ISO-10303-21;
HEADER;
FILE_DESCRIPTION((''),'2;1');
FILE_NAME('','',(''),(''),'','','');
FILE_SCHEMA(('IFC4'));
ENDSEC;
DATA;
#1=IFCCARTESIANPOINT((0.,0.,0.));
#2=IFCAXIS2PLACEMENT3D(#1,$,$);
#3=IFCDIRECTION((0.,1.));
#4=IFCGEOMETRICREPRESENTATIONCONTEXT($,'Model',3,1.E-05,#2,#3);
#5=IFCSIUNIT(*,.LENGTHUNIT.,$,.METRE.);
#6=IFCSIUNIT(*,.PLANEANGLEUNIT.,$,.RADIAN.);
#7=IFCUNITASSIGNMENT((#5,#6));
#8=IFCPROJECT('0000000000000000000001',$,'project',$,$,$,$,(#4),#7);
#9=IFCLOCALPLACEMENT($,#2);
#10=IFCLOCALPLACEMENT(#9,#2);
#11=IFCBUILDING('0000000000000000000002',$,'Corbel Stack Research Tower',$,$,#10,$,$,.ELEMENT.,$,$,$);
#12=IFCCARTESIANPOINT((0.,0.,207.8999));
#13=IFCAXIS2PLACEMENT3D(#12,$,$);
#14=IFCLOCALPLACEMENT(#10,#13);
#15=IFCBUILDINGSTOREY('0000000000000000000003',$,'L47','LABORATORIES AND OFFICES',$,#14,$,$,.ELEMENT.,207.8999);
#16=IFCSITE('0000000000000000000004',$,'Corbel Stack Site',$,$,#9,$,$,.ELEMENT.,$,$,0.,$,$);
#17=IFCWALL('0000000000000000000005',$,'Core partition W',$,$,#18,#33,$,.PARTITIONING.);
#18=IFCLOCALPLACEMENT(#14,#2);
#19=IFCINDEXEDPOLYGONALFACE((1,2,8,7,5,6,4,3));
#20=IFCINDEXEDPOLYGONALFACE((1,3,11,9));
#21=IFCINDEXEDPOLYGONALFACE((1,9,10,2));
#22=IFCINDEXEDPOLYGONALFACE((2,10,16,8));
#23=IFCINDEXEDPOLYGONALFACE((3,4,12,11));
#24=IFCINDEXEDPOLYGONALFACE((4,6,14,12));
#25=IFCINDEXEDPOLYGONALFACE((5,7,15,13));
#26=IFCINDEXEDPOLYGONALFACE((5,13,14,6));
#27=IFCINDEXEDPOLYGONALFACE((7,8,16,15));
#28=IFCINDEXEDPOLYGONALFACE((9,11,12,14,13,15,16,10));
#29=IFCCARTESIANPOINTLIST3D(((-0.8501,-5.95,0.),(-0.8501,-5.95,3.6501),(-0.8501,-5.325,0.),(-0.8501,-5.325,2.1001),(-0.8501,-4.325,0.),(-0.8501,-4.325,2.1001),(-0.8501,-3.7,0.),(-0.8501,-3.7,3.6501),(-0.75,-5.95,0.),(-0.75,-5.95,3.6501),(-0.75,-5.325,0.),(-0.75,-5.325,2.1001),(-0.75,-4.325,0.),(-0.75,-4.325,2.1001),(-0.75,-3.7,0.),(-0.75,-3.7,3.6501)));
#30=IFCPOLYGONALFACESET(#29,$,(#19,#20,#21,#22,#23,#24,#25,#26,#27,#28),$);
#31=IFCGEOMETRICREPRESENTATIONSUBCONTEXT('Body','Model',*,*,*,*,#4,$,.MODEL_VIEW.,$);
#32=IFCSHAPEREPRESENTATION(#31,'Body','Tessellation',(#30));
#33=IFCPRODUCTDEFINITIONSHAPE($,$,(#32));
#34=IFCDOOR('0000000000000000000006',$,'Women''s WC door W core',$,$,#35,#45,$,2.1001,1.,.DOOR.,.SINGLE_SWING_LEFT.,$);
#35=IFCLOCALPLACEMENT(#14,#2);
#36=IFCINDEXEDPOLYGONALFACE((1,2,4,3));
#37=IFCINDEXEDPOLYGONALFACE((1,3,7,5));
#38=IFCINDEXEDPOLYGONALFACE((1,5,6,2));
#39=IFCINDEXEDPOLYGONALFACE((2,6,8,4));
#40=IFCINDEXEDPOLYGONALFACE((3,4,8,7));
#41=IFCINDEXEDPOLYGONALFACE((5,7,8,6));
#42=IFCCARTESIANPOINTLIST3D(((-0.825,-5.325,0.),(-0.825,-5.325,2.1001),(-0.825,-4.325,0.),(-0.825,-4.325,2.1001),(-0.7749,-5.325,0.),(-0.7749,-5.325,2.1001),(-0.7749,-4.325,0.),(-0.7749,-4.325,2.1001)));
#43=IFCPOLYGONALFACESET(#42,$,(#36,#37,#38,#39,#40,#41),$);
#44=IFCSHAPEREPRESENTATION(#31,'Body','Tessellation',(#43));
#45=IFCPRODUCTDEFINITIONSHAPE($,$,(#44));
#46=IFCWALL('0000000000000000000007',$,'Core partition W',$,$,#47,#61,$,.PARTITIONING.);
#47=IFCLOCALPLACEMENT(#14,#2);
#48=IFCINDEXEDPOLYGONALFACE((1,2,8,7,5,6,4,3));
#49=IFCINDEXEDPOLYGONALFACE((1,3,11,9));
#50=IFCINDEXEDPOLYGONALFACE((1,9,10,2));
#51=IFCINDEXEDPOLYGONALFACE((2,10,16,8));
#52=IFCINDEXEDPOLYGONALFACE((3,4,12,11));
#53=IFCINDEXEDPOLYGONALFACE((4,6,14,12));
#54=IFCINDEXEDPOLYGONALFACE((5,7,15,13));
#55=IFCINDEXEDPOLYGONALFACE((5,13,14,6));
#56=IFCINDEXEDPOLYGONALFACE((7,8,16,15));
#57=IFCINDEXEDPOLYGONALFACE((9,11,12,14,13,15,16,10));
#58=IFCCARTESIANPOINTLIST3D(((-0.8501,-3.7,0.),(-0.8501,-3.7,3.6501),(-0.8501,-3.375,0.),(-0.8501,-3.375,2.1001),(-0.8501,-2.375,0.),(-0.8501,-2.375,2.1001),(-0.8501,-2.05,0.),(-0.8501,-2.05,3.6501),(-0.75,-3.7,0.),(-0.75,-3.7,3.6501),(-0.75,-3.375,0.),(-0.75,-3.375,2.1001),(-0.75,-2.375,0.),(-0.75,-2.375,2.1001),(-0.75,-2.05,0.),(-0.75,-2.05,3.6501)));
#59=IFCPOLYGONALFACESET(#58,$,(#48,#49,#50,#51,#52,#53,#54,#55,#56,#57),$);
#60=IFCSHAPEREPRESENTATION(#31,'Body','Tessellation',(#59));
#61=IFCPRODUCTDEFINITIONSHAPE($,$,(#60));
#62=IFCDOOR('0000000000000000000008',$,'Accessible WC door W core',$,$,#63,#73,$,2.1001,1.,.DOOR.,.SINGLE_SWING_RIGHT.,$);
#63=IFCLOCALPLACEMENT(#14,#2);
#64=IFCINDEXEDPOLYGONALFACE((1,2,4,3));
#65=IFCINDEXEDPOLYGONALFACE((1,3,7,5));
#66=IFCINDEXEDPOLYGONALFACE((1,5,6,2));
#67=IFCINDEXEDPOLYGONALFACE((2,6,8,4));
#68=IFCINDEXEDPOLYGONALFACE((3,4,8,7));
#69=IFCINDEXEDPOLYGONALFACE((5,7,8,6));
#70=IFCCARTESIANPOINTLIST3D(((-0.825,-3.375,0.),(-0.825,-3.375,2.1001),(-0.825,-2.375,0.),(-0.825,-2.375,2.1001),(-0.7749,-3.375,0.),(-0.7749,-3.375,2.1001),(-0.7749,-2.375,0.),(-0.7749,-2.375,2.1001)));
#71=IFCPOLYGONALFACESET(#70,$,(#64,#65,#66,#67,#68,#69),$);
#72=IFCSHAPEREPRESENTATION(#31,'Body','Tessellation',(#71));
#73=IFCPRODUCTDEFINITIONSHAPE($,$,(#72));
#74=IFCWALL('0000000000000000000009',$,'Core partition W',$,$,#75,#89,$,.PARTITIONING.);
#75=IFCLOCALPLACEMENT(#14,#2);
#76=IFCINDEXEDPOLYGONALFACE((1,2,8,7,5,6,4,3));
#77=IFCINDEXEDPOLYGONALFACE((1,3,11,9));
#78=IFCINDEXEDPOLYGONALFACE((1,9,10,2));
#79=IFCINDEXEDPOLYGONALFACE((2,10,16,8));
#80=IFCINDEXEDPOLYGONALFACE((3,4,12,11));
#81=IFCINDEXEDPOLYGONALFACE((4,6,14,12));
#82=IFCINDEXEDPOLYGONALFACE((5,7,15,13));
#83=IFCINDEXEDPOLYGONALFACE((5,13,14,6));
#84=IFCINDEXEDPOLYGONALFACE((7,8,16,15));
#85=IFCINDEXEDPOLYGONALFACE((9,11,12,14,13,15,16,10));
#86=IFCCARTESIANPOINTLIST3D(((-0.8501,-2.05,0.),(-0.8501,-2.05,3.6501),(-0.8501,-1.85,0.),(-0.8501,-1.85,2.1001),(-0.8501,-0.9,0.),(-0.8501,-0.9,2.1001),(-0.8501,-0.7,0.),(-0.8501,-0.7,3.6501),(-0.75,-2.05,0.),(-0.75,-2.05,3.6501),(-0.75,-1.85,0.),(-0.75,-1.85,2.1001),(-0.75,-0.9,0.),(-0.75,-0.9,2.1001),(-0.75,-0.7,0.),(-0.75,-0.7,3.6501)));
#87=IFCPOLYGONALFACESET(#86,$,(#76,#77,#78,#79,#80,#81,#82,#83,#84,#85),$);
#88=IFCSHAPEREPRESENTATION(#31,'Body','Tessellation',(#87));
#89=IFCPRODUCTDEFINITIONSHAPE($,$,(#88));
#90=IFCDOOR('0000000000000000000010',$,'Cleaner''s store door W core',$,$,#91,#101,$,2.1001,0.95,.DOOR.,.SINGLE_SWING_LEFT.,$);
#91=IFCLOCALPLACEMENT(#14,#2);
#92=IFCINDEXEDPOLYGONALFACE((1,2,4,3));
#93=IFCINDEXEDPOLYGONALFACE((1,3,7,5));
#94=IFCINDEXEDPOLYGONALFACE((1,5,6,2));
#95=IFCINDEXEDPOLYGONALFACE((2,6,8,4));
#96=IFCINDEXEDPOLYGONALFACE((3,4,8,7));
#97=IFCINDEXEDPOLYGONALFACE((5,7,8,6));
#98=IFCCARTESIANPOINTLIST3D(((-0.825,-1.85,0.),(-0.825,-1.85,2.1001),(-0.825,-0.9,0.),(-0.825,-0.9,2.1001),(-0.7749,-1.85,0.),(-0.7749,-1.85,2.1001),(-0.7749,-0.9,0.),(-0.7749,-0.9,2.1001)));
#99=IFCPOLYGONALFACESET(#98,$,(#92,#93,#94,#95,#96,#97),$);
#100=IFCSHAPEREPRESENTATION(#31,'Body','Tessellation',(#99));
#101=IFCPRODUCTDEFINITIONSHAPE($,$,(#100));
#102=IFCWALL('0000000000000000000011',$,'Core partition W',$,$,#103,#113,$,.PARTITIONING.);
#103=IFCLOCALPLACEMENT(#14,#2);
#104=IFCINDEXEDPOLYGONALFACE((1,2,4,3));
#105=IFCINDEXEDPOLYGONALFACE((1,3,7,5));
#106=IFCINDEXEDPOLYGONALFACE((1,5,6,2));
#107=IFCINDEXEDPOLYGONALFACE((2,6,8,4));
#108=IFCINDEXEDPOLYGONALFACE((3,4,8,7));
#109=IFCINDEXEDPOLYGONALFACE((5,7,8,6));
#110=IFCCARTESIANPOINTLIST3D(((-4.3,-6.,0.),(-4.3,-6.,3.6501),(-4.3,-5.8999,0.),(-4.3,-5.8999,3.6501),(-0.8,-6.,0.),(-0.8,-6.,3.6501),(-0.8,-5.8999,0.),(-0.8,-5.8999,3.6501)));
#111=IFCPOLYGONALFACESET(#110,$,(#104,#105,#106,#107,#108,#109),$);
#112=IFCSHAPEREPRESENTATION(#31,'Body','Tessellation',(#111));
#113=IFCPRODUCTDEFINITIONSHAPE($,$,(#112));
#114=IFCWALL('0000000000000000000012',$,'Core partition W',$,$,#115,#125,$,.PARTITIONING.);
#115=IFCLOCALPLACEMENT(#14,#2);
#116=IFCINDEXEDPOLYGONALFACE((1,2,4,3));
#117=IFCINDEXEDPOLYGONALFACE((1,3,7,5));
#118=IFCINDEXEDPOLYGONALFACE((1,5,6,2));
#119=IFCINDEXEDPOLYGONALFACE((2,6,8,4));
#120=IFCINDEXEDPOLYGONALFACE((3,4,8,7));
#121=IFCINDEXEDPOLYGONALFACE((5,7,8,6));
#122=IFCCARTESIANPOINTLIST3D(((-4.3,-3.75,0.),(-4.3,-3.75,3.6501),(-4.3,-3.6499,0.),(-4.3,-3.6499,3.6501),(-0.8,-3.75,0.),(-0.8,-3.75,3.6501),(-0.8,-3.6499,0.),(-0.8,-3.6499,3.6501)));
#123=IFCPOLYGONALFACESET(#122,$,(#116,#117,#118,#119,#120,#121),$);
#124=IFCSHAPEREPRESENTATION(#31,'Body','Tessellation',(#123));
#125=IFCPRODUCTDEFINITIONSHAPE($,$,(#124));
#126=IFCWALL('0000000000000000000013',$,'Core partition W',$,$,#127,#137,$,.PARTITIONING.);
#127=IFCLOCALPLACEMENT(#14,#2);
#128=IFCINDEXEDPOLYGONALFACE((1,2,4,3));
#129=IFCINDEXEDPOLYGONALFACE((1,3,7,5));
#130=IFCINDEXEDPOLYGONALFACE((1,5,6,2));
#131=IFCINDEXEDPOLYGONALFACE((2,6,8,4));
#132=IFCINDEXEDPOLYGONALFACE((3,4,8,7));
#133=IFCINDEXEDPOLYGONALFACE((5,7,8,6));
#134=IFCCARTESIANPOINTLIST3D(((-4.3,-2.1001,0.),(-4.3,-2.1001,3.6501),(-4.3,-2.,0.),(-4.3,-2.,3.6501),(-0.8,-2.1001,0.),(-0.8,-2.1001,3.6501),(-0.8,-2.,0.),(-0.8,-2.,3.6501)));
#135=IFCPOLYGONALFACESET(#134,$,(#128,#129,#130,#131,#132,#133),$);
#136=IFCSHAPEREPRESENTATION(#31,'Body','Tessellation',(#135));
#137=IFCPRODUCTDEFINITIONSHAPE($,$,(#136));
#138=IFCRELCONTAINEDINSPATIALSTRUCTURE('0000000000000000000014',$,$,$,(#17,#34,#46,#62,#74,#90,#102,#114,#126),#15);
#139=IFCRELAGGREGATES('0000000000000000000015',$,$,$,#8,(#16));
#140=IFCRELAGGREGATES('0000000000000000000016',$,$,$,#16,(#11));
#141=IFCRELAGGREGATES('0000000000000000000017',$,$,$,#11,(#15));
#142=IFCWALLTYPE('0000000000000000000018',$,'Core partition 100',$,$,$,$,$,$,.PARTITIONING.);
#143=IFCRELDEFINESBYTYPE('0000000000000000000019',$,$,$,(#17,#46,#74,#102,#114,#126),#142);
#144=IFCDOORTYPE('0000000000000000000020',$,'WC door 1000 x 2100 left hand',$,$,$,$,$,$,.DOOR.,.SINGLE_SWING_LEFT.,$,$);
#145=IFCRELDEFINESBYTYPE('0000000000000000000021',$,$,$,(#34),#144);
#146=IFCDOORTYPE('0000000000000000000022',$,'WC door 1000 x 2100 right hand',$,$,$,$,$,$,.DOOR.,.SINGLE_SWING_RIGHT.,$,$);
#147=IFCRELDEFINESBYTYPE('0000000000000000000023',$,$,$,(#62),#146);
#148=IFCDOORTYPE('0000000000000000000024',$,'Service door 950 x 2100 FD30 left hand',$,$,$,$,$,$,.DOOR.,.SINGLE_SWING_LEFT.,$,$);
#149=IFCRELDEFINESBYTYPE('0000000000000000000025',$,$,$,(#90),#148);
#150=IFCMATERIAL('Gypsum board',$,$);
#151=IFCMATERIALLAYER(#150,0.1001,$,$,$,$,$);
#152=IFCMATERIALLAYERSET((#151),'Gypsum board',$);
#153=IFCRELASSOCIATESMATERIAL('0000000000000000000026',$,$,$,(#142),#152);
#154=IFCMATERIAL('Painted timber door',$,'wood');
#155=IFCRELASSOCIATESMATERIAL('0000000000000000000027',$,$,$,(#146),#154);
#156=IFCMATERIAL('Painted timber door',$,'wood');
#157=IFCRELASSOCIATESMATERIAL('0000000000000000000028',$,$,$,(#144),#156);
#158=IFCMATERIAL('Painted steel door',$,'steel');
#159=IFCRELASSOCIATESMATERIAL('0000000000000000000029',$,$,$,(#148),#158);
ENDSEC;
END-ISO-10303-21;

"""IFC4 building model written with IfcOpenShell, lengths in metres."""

from ifc_helpers import new_model, si_unit, direction, frame, frame_2d, origin, place, context, subcontext, project, spatial, rectangle, extrude, material, layer, layer_set, type_object, element, fill, save


model = new_model("IFC4")

# Units and contexts
model_context = context("Model", 3, precision=1e-05, world=origin(), true_north=direction((0.0, 1.0)))
body_context = subcontext(model_context, "Body", "Model", "MODEL_VIEW")
ifc_project = project(units=[si_unit("LENGTHUNIT", "METRE"), si_unit("PLANEANGLEUNIT", "RADIAN")], contexts=[model_context])

# Site, building, storey
site_placement = place(None, origin())
site = spatial("IfcSite", under=ifc_project, at=site_placement, Name="Corbel Stack Site", CompositionType="ELEMENT", RefElevation=0.0)
building_placement = place(site_placement, origin())
building = spatial("IfcBuilding", under=site, at=building_placement, Name="Corbel Stack Research Tower", CompositionType="ELEMENT")
storey_placement = place(building_placement, frame((0.0, 0.0, 207.8999)))
storey = spatial("IfcBuildingStorey", under=building, at=storey_placement, Name="L47", Description="LABORATORIES AND OFFICES", CompositionType="ELEMENT", Elevation=207.8999)

# Walls, openings, doors
ifc_material_1 = material(Name="Gypsum board")
ifc_layer_1 = layer(ifc_material_1, 0.1001)
ifc_layer_set_1 = layer_set([ifc_layer_1], Name="Gypsum board")
wall_type_1 = type_object("IfcWallType", Name="Core partition 100", PredefinedType="PARTITIONING", material=ifc_layer_set_1)
ifc_material_2 = material(Name="Painted timber door", Category="wood")
door_type_1 = type_object("IfcDoorType", Name="WC door 1000 x 2100 right hand", OperationType="SINGLE_SWING_RIGHT", PredefinedType="DOOR", material=ifc_material_2)
wall_1_placement = place(storey_placement, frame((-0.8, -5.95, 0.0), z_axis=(0.0, 0.0, 1.0), x_axis=(0.0, 1.0, 0.0)))
wall_1 = element("IfcWall", 1, at=wall_1_placement, inside=storey, type_object=wall_type_1, Name="Core partition W", PredefinedType="PARTITIONING", context=body_context, shape_type="SweptSolid", body=[
    extrude(rectangle(XDim=2.25, YDim=0.1001, at=frame_2d((1.125, 0.0))), origin(), (0.0, 0.0, 1.0), 3.6501),
])
opening_1_placement = place(wall_1_placement, frame((0.625, 0.0, 0.0)))
opening_1 = element("IfcOpeningElement", 2, at=opening_1_placement, cuts=wall_1, PredefinedType="OPENING", context=body_context, shape_type="SweptSolid", body=[
    extrude(rectangle(XDim=1.0, YDim=2.1001, at=frame_2d((0.5, 1.05))), frame((0.0, 0.0601, 0.0), z_axis=(0.0, -1.0, 0.0), x_axis=(1.0, 0.0, 0.0)), (0.0, 0.0, 1.0), 0.1201),
])
ifc_material_3 = material(Name="Painted timber door", Category="wood")
door_type_2 = type_object("IfcDoorType", Name="WC door 1000 x 2100 left hand", OperationType="SINGLE_SWING_LEFT", PredefinedType="DOOR", material=ifc_material_3)
door_1_placement = place(opening_1_placement, origin())
door_1 = element("IfcDoor", 3, at=door_1_placement, inside=storey, type_object=door_type_2, Name="Women's WC door W core", OperationType="SINGLE_SWING_LEFT", OverallHeight=2.1001, OverallWidth=1.0, PredefinedType="DOOR", context=body_context, shape_type="SweptSolid", body=[
    extrude(rectangle(XDim=1.0, YDim=2.1001, at=frame_2d((0.5, 1.05))), frame((0.0, 0.0249, 0.0), z_axis=(0.0, -1.0, 0.0), x_axis=(1.0, 0.0, 0.0)), (0.0, 0.0, 1.0), 0.05),
])
fill(opening_1, door_1)
wall_2_placement = place(storey_placement, frame((-0.8, -3.7, 0.0), z_axis=(0.0, 0.0, 1.0), x_axis=(0.0, 1.0, 0.0)))
wall_2 = element("IfcWall", 4, at=wall_2_placement, inside=storey, type_object=wall_type_1, Name="Core partition W", PredefinedType="PARTITIONING", context=body_context, shape_type="SweptSolid", body=[
    extrude(rectangle(XDim=1.6499, YDim=0.1001, at=frame_2d((0.825, 0.0))), origin(), (0.0, 0.0, 1.0), 3.6501),
])
opening_2_placement = place(wall_2_placement, frame((0.325, 0.0, 0.0)))
opening_2 = element("IfcOpeningElement", 5, at=opening_2_placement, cuts=wall_2, PredefinedType="OPENING", context=body_context, shape_type="SweptSolid", body=[
    extrude(rectangle(XDim=1.0, YDim=2.1001, at=frame_2d((0.5, 1.05))), frame((0.0, 0.0601, 0.0), z_axis=(0.0, -1.0, 0.0), x_axis=(1.0, 0.0, 0.0)), (0.0, 0.0, 1.0), 0.1201),
])
door_2_placement = place(opening_2_placement, origin())
door_2 = element("IfcDoor", 6, at=door_2_placement, inside=storey, type_object=door_type_1, Name="Accessible WC door W core", OperationType="SINGLE_SWING_RIGHT", OverallHeight=2.1001, OverallWidth=1.0, PredefinedType="DOOR", context=body_context, shape_type="SweptSolid", body=[
    extrude(rectangle(XDim=1.0, YDim=2.1001, at=frame_2d((0.5, 1.05))), frame((0.0, 0.0249, 0.0), z_axis=(0.0, -1.0, 0.0), x_axis=(1.0, 0.0, 0.0)), (0.0, 0.0, 1.0), 0.05),
])
fill(opening_2, door_2)
wall_3_placement = place(storey_placement, frame((-0.8, -2.05, 0.0), z_axis=(0.0, 0.0, 1.0), x_axis=(0.0, 1.0, 0.0)))
wall_3 = element("IfcWall", 7, at=wall_3_placement, inside=storey, type_object=wall_type_1, Name="Core partition W", PredefinedType="PARTITIONING", context=body_context, shape_type="SweptSolid", body=[
    extrude(rectangle(XDim=1.3501, YDim=0.1001, at=frame_2d((0.675, 0.0))), origin(), (0.0, 0.0, 1.0), 3.6501),
])
opening_3_placement = place(wall_3_placement, frame((0.2, 0.0, 0.0)))
opening_3 = element("IfcOpeningElement", 8, at=opening_3_placement, cuts=wall_3, PredefinedType="OPENING", context=body_context, shape_type="SweptSolid", body=[
    extrude(rectangle(XDim=0.95, YDim=2.1001, at=frame_2d((0.4751, 1.05))), frame((0.0, 0.0601, 0.0), z_axis=(0.0, -1.0, 0.0), x_axis=(1.0, 0.0, 0.0)), (0.0, 0.0, 1.0), 0.1201),
])
ifc_material_4 = material(Name="Painted steel door", Category="steel")
door_type_3 = type_object("IfcDoorType", Name="Service door 950 x 2100 FD30 left hand", OperationType="SINGLE_SWING_LEFT", PredefinedType="DOOR", material=ifc_material_4)
door_3_placement = place(opening_3_placement, origin())
door_3 = element("IfcDoor", 9, at=door_3_placement, inside=storey, type_object=door_type_3, Name="Cleaner's store door W core", OperationType="SINGLE_SWING_LEFT", OverallHeight=2.1001, OverallWidth=0.95, PredefinedType="DOOR", context=body_context, shape_type="SweptSolid", body=[
    extrude(rectangle(XDim=0.95, YDim=2.1001, at=frame_2d((0.4751, 1.05))), frame((0.0, 0.0249, 0.0), z_axis=(0.0, -1.0, 0.0), x_axis=(1.0, 0.0, 0.0)), (0.0, 0.0, 1.0), 0.05),
])
fill(opening_3, door_3)

# Walls
for number, where, z_axis, x_axis, name in (
    (10, (-4.3, -5.95, 0.0), (0.0, 0.0, 1.0), (1.0, 0.0, 0.0), "Core partition W"),
    (11, (-4.3, -3.7, 0.0), (0.0, 0.0, 1.0), (1.0, 0.0, 0.0), "Core partition W"),
    (12, (-4.3, -2.05, 0.0), (0.0, 0.0, 1.0), (1.0, 0.0, 0.0), "Core partition W"),
):
    element("IfcWall", number, at=place(storey_placement, frame(where, z_axis=z_axis, x_axis=x_axis)), inside=storey, type_object=wall_type_1, Name=name, PredefinedType="PARTITIONING", context=body_context, shape_type="SweptSolid", body=[
        extrude(rectangle(XDim=3.5, YDim=0.1001, at=frame_2d((1.75, 0.0))), origin(), (0.0, 0.0, 1.0), 3.6501),
    ])

save(model, "model.ifc")
